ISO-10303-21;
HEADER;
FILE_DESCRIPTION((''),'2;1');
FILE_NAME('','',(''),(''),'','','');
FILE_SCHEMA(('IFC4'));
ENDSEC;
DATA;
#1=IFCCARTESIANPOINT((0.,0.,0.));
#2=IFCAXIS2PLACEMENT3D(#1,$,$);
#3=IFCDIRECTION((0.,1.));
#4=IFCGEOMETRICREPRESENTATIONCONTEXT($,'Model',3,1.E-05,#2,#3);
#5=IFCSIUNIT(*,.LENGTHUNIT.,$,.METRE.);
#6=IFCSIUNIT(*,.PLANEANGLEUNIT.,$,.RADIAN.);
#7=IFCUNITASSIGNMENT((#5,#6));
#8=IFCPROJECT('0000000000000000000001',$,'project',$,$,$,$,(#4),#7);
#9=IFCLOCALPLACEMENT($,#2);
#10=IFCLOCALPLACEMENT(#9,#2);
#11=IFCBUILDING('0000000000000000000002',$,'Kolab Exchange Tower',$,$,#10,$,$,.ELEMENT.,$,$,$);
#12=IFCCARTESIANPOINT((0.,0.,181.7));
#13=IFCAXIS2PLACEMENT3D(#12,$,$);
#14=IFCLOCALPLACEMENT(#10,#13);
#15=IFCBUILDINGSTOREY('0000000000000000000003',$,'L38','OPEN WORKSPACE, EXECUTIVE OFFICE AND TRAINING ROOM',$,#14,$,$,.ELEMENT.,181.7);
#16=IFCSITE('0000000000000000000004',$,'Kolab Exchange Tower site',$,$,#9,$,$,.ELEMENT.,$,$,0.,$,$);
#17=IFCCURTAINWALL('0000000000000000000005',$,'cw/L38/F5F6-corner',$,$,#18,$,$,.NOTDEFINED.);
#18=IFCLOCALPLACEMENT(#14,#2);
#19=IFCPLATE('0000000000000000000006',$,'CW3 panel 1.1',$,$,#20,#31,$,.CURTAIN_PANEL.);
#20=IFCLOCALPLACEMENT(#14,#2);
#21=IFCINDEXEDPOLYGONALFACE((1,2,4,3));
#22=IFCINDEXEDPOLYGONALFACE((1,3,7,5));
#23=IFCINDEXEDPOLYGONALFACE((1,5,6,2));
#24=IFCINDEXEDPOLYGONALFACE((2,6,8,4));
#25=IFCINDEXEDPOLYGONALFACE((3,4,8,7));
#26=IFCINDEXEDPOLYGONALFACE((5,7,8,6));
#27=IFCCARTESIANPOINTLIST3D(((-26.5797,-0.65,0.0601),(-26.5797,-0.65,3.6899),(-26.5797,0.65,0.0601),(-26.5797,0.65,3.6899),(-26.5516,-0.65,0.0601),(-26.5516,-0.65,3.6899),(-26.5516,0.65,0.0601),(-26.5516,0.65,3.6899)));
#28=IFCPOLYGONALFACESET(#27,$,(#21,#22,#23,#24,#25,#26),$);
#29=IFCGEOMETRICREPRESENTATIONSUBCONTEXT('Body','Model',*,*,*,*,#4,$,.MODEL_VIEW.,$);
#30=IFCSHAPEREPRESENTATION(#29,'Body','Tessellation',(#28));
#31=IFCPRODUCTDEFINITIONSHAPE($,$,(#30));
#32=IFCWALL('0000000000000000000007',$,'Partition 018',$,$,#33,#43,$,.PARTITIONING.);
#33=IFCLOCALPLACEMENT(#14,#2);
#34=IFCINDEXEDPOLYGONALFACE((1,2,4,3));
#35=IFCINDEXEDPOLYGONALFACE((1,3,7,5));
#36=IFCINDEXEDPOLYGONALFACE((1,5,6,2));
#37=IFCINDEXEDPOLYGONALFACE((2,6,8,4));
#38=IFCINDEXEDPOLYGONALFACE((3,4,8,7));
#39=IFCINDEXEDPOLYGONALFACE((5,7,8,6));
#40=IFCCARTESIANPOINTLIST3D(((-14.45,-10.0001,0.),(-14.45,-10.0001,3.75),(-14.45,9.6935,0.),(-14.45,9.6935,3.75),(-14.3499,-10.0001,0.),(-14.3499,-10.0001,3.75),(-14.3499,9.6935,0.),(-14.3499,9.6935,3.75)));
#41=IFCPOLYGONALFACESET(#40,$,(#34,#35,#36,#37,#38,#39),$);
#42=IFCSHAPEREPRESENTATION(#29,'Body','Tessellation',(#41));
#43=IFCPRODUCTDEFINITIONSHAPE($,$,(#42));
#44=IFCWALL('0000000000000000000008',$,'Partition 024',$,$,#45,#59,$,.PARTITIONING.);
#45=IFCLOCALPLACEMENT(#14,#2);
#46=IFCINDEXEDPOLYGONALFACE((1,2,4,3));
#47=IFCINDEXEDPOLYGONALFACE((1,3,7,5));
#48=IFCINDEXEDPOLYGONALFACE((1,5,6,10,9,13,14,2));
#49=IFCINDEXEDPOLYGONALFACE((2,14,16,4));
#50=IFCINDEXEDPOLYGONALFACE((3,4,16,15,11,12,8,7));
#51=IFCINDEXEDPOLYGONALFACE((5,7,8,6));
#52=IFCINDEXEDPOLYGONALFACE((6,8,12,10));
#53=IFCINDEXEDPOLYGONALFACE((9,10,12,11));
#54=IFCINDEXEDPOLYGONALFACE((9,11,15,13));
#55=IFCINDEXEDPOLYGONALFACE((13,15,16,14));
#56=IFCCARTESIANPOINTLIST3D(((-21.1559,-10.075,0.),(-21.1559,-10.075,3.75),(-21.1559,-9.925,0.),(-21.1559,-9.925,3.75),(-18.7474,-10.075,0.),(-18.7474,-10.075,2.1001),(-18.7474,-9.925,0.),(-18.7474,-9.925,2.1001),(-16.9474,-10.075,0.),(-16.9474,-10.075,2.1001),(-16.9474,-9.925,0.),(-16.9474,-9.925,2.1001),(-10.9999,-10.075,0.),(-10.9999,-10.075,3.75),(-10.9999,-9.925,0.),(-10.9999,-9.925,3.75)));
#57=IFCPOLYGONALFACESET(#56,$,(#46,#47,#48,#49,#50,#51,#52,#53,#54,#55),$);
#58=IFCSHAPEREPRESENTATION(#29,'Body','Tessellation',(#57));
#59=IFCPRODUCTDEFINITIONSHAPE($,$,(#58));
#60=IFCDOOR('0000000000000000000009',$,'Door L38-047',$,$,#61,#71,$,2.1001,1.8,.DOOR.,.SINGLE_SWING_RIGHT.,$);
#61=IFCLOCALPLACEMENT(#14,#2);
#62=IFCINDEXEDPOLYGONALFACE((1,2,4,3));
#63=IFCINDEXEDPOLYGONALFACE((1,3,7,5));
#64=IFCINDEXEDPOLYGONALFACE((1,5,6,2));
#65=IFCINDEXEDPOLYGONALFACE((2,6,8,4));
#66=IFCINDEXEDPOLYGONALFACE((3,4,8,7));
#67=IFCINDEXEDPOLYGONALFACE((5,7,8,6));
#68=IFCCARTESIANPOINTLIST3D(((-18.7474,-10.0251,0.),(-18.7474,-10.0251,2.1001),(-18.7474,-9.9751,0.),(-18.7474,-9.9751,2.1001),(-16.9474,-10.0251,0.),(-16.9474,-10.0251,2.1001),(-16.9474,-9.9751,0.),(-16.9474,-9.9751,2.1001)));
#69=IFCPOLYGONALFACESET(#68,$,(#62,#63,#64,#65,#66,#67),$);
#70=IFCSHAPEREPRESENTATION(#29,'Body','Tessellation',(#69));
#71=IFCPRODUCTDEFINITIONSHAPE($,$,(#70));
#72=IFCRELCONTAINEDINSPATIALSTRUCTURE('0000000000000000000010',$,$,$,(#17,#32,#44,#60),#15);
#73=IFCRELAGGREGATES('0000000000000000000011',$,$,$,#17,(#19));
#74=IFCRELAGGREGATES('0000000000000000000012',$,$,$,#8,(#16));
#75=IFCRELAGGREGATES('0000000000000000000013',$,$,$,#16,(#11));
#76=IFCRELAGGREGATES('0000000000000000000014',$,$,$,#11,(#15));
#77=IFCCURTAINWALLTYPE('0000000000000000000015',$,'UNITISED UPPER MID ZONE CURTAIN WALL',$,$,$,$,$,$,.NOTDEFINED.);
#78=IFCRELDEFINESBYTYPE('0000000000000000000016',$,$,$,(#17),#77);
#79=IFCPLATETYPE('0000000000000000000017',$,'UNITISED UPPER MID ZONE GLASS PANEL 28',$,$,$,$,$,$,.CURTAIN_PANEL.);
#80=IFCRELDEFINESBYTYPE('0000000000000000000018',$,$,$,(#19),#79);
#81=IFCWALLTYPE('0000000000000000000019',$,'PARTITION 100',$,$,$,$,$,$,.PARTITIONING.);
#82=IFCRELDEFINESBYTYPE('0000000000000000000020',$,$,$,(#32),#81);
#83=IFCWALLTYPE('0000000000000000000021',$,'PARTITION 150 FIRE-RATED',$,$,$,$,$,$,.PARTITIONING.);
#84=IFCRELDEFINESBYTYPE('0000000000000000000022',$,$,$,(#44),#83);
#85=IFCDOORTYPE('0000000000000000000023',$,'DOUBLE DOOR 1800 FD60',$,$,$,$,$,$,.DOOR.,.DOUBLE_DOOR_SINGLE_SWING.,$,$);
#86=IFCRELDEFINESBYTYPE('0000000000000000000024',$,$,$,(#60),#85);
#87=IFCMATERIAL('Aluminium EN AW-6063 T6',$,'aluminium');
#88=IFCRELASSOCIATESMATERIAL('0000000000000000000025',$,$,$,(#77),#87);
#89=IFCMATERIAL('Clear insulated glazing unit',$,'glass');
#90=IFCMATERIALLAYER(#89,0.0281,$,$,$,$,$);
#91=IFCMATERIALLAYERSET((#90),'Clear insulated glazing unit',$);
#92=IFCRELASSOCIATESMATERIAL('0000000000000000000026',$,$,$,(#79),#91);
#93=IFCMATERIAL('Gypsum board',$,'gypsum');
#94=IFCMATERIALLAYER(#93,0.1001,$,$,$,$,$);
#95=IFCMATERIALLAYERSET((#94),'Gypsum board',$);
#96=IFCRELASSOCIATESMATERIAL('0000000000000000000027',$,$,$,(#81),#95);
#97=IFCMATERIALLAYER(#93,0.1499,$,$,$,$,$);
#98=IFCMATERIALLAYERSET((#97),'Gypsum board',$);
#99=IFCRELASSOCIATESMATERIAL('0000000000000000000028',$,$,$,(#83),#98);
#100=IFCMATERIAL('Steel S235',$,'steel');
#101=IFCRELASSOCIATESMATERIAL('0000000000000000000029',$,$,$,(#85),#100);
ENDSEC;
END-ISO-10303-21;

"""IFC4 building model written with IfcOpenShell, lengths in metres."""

from ifc_helpers import new_model, si_unit, direction, frame, frame_2d, origin, origin_2d, place, context, subcontext, project, spatial, rectangle, extrude, material, layer, layer_set, type_object, element, fill, aggregate, save


model = new_model("IFC4")

# Units and contexts
model_context = context("Model", 3, precision=1e-05, world=origin(), true_north=direction((0.0, 1.0)))
body_context = subcontext(model_context, "Body", "Model", "MODEL_VIEW")
ifc_project = project(units=[si_unit("LENGTHUNIT", "METRE"), si_unit("PLANEANGLEUNIT", "RADIAN")], contexts=[model_context])

# Site, building, storey
site_placement = place(None, origin())
site = spatial("IfcSite", under=ifc_project, at=site_placement, Name="Kolab Exchange Tower site", CompositionType="ELEMENT", RefElevation=0.0)
building_placement = place(site_placement, origin())
building = spatial("IfcBuilding", under=site, at=building_placement, Name="Kolab Exchange Tower", CompositionType="ELEMENT")
storey_placement = place(building_placement, frame((0.0, 0.0, 181.7)))
storey = spatial("IfcBuildingStorey", under=building, at=storey_placement, Name="L38", Description="OPEN WORKSPACE, EXECUTIVE OFFICE AND TRAINING ROOM", CompositionType="ELEMENT", Elevation=181.7)

# Shared definitions
ifc_material_1 = material(Name="Aluminium EN AW-6063 T6", Category="aluminium")
curtain_wall_type = type_object("IfcCurtainWallType", Name="UNITISED UPPER MID ZONE CURTAIN WALL", PredefinedType="NOTDEFINED", material=ifc_material_1)

# Curtain wall
curtain_wall_1_placement = place(storey_placement, origin())
curtain_wall_1 = element("IfcCurtainWall", 1, at=curtain_wall_1_placement, inside=storey, type_object=curtain_wall_type, Name="cw/L38/F5F6-corner", PredefinedType="NOTDEFINED")

# Plate
ifc_material_2 = material(Name="Clear insulated glazing unit", Category="glass")
ifc_layer_1 = layer(ifc_material_2, 0.0281)
ifc_layer_set_1 = layer_set([ifc_layer_1], Name="Clear insulated glazing unit")
plate_type = type_object("IfcPlateType", Name="UNITISED UPPER MID ZONE GLASS PANEL 28", PredefinedType="CURTAIN_PANEL", material=ifc_layer_set_1)
plate_1_placement = place(storey_placement, frame((-26.5657, 0.0, 0.0601), z_axis=(0.0, 0.0, 1.0), x_axis=(0.0, 1.0, 0.0)))
plate_1 = element("IfcPlate", 2, at=plate_1_placement, type_object=plate_type, Name="CW3 panel 1.1", PredefinedType="CURTAIN_PANEL", context=body_context, shape_type="SweptSolid", body=[
    extrude(rectangle(XDim=1.3, YDim=0.0281, at=origin_2d()), origin(), (0.0, 0.0, 1.0), 3.6299),
])
aggregate(curtain_wall_1, [plate_1])

# Wall
ifc_material_3 = material(Name="Gypsum board", Category="gypsum")
ifc_layer_2 = layer(ifc_material_3, 0.1001)
ifc_layer_set_2 = layer_set([ifc_layer_2], Name="Gypsum board")
wall_type_1 = type_object("IfcWallType", Name="PARTITION 100", PredefinedType="PARTITIONING", material=ifc_layer_set_2)
wall_1_placement = place(storey_placement, frame((-14.3999, -10.0, 0.0), z_axis=(0.0, 0.0, 1.0), x_axis=(0.0, 1.0, 0.0)))
element("IfcWall", 3, at=wall_1_placement, inside=storey, type_object=wall_type_1, Name="Partition 018", PredefinedType="PARTITIONING", context=body_context, shape_type="SweptSolid", body=[
    extrude(rectangle(XDim=19.6936, YDim=0.1001, at=frame_2d((9.8467, 0.0))), origin(), (0.0, 0.0, 1.0), 3.75),
])

# Wall, opening, door
ifc_layer_3 = layer(ifc_material_3, 0.1499)
ifc_layer_set_3 = layer_set([ifc_layer_3], Name="Gypsum board")
wall_type_2 = type_object("IfcWallType", Name="PARTITION 150 FIRE-RATED", PredefinedType="PARTITIONING", material=ifc_layer_set_3)
wall_2_placement = place(storey_placement, frame((-21.156, -10.0, 0.0), z_axis=(0.0, 0.0, 1.0), x_axis=(1.0, 0.0, 0.0)))
wall_2 = element("IfcWall", 4, at=wall_2_placement, inside=storey, type_object=wall_type_2, Name="Partition 024", PredefinedType="PARTITIONING", context=body_context, shape_type="SweptSolid", body=[
    extrude(rectangle(XDim=10.156, YDim=0.1499, at=frame_2d((5.0781, 0.0))), origin(), (0.0, 0.0, 1.0), 3.75),
])
opening_placement = place(wall_2_placement, frame((2.4087, 0.0, 0.0)))
opening = element("IfcOpeningElement", 5, at=opening_placement, cuts=wall_2, PredefinedType="OPENING", context=body_context, shape_type="SweptSolid", body=[
    extrude(rectangle(XDim=1.8, YDim=2.1001, at=frame_2d((0.8999, 1.05))), frame((0.0, 0.085, 0.0), z_axis=(0.0, -1.0, 0.0), x_axis=(1.0, 0.0, 0.0)), (0.0, 0.0, 1.0), 0.1699),
])
ifc_material_4 = material(Name="Steel S235", Category="steel")
door_type = type_object("IfcDoorType", Name="DOUBLE DOOR 1800 FD60", OperationType="DOUBLE_DOOR_SINGLE_SWING", PredefinedType="DOOR", material=ifc_material_4)
door_placement = place(opening_placement, origin())
door = element("IfcDoor", 6, at=door_placement, inside=storey, type_object=door_type, Name="Door L38-047", OperationType="SINGLE_SWING_RIGHT", OverallHeight=2.1001, OverallWidth=1.8, PredefinedType="DOOR", context=body_context, shape_type="SweptSolid", body=[
    extrude(rectangle(XDim=1.8, YDim=2.1001, at=frame_2d((0.8999, 1.05))), frame((0.0, 0.0249, 0.0), z_axis=(0.0, -1.0, 0.0), x_axis=(1.0, 0.0, 0.0)), (0.0, 0.0, 1.0), 0.05),
])
fill(opening, door)

save(model, "model.ifc")
